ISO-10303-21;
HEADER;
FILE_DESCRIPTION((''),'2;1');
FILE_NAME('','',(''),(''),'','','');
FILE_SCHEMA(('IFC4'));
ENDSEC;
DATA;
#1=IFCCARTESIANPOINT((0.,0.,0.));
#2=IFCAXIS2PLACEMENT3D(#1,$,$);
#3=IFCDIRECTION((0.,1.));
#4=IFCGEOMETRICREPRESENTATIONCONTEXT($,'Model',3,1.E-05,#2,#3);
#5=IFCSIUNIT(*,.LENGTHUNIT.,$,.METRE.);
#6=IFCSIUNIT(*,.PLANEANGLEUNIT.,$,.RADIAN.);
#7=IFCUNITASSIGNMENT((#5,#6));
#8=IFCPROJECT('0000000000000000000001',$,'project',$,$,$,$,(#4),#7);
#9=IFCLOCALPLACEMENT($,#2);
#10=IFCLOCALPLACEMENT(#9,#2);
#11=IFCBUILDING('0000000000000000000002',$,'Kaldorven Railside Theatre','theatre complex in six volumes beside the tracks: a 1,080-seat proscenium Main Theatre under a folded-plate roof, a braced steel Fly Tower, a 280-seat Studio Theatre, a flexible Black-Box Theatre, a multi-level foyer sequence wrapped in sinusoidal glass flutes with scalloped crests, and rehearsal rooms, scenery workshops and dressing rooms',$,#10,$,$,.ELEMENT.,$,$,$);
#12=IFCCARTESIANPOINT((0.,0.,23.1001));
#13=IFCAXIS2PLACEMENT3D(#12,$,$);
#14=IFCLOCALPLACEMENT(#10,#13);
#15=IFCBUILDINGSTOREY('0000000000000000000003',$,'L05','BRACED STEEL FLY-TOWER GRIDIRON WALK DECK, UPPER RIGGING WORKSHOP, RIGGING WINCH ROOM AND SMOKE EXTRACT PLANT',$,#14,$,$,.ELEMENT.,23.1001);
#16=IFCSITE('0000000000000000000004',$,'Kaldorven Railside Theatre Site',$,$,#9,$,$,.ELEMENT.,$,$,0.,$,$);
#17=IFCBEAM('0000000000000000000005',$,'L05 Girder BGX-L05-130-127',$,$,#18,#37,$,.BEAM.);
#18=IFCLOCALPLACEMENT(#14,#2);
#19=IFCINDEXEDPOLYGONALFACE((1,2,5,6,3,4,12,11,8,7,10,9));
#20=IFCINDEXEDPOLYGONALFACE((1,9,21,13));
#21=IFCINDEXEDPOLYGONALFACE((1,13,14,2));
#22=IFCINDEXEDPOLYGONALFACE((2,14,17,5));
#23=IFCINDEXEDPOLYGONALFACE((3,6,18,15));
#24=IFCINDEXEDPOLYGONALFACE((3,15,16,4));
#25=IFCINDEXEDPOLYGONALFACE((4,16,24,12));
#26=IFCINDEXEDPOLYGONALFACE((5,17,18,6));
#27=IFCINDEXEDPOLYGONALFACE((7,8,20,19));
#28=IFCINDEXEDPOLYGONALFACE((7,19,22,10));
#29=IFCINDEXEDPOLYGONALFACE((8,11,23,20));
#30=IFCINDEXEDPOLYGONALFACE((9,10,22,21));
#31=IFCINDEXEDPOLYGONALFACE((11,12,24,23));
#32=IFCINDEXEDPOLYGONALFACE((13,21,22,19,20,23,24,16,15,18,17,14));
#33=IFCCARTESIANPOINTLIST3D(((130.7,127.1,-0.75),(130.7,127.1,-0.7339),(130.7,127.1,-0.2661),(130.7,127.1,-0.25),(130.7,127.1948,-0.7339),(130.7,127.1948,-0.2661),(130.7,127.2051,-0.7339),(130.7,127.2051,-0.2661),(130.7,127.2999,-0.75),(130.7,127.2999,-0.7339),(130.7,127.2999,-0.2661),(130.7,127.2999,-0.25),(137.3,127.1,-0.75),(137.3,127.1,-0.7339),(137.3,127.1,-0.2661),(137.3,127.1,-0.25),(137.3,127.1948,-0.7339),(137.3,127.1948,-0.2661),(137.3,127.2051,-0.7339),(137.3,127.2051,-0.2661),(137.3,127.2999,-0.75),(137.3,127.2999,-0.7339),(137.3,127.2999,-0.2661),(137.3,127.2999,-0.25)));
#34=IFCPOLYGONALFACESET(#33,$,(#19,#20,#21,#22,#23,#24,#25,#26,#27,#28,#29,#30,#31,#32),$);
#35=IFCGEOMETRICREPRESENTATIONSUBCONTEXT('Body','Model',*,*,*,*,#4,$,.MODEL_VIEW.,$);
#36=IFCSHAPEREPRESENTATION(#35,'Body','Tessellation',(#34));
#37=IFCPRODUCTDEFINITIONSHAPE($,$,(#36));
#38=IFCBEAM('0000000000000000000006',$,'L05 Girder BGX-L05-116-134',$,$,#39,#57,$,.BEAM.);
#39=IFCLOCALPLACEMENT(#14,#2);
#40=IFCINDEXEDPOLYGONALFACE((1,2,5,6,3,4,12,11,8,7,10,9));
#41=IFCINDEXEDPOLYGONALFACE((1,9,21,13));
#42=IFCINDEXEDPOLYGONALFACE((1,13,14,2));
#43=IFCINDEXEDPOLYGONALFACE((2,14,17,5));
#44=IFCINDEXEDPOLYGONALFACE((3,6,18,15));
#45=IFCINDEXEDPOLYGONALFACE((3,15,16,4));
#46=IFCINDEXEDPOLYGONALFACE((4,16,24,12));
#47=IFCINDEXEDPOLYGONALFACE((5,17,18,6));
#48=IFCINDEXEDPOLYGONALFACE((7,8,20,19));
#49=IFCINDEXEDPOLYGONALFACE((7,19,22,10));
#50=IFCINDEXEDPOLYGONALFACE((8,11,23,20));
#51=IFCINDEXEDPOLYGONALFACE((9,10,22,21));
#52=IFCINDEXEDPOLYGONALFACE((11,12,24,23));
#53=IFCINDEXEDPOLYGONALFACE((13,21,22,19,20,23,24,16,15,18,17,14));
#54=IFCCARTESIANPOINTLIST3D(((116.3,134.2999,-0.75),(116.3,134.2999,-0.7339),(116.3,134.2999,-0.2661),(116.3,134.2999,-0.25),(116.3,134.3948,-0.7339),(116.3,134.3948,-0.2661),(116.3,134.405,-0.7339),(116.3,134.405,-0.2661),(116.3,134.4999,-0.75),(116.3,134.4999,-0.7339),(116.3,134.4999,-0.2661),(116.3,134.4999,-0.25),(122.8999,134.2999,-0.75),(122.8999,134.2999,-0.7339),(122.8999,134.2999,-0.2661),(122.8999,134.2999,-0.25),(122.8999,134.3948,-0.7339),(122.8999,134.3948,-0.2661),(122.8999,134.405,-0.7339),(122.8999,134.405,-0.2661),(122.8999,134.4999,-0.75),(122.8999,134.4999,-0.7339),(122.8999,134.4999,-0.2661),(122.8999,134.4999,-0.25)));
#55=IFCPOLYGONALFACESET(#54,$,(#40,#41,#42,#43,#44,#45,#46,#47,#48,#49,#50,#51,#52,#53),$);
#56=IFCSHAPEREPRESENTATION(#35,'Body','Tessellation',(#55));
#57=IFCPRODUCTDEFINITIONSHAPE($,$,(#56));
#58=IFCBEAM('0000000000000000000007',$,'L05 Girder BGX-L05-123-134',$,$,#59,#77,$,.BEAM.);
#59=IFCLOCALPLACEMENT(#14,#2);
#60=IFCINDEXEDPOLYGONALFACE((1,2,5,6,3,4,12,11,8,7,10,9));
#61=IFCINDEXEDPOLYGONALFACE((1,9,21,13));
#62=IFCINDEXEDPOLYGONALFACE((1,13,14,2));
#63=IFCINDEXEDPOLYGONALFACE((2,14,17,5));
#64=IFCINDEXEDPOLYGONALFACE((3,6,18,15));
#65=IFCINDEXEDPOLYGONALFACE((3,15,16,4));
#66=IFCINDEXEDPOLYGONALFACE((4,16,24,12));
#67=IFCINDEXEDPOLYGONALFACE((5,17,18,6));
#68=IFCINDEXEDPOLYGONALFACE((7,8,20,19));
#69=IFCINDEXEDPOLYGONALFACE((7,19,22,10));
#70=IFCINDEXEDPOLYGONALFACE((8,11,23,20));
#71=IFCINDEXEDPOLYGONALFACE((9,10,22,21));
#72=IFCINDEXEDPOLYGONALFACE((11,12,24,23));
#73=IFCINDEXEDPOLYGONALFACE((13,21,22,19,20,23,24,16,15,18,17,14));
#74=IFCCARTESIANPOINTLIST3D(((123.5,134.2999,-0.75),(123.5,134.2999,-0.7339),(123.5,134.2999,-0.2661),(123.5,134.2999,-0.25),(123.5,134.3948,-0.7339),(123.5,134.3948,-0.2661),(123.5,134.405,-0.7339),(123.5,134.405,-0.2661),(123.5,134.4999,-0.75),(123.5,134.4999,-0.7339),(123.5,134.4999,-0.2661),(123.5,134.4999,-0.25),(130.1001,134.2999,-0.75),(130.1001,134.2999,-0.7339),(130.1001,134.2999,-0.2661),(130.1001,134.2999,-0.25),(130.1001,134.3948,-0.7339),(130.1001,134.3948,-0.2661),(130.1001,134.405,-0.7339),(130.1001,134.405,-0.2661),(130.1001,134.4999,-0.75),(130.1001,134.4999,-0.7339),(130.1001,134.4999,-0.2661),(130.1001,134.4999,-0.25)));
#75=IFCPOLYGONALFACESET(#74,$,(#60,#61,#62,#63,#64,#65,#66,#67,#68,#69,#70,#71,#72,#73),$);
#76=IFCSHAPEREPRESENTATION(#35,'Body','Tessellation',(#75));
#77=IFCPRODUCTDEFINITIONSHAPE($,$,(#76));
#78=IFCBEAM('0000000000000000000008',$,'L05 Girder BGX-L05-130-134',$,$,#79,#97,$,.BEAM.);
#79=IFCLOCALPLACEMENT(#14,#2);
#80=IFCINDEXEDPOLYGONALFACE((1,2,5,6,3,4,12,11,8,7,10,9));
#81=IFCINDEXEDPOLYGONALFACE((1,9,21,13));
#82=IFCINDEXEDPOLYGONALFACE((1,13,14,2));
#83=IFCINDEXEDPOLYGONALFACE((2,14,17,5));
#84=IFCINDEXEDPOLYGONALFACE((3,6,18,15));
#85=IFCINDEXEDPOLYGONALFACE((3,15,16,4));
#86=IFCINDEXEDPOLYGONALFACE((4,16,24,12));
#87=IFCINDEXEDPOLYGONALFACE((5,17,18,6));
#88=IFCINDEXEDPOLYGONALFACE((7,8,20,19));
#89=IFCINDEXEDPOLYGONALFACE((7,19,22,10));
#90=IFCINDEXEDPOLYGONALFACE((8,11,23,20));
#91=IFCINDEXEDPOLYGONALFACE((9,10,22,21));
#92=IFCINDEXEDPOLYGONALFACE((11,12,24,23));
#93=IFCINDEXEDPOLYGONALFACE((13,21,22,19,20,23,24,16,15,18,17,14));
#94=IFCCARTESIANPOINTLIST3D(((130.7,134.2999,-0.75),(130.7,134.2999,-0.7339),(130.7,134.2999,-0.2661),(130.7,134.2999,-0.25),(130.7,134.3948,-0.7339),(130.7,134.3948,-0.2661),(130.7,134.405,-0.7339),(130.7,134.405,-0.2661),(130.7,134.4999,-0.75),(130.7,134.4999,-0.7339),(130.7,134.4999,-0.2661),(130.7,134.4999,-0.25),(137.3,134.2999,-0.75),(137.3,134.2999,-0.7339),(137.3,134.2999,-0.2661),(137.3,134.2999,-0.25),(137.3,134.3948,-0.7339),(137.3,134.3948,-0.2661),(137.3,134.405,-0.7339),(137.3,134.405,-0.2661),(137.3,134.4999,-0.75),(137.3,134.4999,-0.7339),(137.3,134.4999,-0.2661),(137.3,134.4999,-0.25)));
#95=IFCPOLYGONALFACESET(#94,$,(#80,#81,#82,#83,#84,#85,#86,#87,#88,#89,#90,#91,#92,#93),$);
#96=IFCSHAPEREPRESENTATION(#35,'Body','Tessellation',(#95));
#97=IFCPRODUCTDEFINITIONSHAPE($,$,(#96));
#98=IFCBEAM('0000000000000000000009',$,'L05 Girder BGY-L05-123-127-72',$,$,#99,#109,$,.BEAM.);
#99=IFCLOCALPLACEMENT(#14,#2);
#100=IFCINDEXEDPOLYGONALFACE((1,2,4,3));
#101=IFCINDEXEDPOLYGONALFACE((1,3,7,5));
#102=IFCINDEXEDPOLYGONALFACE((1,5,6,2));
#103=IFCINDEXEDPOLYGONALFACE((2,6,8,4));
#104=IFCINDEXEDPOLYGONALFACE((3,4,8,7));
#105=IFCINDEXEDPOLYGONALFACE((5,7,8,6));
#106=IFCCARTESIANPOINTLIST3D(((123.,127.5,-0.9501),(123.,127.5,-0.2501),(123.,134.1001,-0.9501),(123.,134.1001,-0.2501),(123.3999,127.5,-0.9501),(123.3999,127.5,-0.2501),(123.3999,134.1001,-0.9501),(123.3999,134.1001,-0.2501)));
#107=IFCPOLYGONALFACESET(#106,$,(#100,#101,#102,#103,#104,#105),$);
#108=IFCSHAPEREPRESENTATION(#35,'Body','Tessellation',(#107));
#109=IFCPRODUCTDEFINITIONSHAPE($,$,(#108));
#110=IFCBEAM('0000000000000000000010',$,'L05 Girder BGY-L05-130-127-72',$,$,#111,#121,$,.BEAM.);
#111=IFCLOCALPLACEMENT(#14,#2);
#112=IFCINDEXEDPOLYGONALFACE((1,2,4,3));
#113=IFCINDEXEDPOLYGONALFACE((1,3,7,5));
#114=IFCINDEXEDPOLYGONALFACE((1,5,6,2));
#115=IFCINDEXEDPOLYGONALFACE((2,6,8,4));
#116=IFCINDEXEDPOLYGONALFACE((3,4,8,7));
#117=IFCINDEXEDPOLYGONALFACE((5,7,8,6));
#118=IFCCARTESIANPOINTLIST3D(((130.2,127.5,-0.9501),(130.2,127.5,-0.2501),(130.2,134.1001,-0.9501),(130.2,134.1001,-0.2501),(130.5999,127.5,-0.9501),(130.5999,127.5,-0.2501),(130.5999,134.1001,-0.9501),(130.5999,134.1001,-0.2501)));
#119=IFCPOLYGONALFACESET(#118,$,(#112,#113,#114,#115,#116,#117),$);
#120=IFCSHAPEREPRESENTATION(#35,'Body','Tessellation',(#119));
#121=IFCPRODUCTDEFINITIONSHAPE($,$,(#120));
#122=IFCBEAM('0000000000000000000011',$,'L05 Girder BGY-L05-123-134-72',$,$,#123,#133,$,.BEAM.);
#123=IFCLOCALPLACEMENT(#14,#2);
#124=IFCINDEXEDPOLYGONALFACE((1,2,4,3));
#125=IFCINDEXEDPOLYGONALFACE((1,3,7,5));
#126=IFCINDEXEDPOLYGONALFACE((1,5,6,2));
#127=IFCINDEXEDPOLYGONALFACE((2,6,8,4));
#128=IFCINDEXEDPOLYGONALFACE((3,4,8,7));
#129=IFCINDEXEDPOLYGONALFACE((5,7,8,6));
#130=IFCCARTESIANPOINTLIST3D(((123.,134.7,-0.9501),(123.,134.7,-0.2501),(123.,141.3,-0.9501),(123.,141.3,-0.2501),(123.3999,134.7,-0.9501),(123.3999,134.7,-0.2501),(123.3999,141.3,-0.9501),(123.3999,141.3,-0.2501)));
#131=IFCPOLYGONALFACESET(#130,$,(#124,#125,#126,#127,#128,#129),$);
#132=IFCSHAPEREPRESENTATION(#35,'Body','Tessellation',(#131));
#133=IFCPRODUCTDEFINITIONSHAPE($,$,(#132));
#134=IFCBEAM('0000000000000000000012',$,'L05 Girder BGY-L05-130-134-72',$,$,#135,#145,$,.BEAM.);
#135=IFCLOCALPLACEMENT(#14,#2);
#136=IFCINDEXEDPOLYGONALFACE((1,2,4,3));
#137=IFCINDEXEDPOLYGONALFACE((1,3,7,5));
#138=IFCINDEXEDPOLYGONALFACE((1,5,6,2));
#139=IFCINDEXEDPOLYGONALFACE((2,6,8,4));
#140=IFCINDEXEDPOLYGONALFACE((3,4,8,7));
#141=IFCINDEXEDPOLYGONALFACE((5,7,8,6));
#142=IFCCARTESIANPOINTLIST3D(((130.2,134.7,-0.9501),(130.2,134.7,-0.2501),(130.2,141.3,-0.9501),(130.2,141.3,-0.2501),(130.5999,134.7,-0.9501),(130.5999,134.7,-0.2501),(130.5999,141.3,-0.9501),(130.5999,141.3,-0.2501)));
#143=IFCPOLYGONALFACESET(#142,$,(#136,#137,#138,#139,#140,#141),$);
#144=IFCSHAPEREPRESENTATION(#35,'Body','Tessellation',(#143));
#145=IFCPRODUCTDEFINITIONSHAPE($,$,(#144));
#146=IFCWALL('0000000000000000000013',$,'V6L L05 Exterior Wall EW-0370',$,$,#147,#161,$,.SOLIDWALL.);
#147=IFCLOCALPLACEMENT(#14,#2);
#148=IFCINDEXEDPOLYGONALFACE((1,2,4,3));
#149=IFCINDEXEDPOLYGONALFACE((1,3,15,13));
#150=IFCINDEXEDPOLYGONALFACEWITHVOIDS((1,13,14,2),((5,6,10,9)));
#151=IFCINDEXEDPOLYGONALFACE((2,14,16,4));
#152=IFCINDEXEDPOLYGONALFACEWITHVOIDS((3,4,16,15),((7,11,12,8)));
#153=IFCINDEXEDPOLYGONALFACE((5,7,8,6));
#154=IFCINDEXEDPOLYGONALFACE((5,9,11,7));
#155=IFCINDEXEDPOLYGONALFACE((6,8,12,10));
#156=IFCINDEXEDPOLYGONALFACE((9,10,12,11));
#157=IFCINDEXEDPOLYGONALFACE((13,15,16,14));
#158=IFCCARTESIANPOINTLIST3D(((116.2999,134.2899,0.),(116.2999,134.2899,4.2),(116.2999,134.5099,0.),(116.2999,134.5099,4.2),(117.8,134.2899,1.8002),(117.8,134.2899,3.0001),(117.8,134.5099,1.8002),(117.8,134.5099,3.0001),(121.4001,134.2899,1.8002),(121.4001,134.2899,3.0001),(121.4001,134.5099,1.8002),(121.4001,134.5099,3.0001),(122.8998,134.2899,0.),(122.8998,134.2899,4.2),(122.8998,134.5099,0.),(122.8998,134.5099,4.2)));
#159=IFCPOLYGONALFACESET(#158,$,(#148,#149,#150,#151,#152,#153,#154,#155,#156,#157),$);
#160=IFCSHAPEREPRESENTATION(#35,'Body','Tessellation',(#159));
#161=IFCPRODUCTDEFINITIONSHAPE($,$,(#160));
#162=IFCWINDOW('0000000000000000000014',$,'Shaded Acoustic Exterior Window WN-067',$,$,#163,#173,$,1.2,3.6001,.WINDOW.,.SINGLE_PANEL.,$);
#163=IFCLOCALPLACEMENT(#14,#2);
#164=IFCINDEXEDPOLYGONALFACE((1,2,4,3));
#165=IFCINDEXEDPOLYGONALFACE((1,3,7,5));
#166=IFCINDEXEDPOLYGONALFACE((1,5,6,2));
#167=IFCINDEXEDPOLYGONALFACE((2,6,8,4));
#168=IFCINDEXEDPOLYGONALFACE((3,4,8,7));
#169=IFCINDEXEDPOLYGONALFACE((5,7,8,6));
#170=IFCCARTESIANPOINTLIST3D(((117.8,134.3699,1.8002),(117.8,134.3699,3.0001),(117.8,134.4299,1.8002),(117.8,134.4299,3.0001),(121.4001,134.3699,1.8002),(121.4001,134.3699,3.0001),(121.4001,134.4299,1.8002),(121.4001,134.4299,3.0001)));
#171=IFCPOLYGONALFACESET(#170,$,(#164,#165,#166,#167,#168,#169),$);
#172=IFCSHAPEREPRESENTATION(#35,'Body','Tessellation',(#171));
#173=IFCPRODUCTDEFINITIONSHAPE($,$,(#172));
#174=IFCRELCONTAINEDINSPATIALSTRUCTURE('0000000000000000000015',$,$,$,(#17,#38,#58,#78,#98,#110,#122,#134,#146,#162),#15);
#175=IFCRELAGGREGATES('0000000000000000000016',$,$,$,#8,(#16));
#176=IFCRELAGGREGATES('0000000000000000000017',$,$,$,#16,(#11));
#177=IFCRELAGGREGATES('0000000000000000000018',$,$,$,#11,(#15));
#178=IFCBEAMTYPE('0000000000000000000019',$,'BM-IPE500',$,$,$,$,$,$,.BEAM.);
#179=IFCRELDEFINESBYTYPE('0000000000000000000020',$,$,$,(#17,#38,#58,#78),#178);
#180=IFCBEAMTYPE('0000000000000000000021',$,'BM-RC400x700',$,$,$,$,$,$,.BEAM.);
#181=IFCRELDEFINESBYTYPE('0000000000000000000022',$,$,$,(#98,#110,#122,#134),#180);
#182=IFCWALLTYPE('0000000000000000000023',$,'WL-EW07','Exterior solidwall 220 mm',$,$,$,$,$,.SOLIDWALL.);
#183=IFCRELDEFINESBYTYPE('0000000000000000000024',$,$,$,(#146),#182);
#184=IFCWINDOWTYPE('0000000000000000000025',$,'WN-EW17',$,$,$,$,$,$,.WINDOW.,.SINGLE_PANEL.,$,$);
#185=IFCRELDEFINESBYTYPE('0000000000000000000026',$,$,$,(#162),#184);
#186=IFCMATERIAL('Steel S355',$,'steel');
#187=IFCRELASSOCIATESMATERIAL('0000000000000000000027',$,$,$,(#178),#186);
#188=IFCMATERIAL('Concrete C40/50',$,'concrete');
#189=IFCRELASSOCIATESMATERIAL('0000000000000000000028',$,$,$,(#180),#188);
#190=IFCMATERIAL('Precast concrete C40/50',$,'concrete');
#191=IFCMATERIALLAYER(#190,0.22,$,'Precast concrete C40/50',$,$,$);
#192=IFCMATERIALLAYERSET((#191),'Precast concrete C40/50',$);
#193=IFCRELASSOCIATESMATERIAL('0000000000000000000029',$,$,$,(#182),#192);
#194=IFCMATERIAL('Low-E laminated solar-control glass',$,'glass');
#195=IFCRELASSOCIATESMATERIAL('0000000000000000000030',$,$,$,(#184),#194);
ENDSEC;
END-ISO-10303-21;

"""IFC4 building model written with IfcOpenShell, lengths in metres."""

from ifc_helpers import new_model, si_unit, direction, frame, frame_2d, origin, origin_2d, place, context, subcontext, project, spatial, rectangle, i_section, extrude, material, layer, layer_set, material_profile, profile_set, type_object, element, fill, save


model = new_model("IFC4")

# Units and contexts
model_context = context("Model", 3, precision=1e-05, world=origin(), true_north=direction((0.0, 1.0)))
body_context = subcontext(model_context, "Body", "Model", "MODEL_VIEW")
ifc_project = project(units=[si_unit("LENGTHUNIT", "METRE"), si_unit("PLANEANGLEUNIT", "RADIAN")], contexts=[model_context])

# Site, building, storey
site_placement = place(None, origin())
site = spatial("IfcSite", under=ifc_project, at=site_placement, Name="Kaldorven Railside Theatre Site", CompositionType="ELEMENT", RefElevation=0.0)
building_placement = place(site_placement, origin())
building = spatial("IfcBuilding", under=site, at=building_placement, Name="Kaldorven Railside Theatre", Description="theatre complex in six volumes beside the tracks: a 1,080-seat proscenium Main Theatre under a folded-plate roof, a braced steel Fly Tower, a 280-seat Studio Theatre, a flexible Black-Box Theatre, a multi-level foyer sequence wrapped in sinusoidal glass flutes with scalloped crests, and rehearsal rooms, scenery workshops and dressing rooms", CompositionType="ELEMENT")
storey_placement = place(building_placement, frame((0.0, 0.0, 23.1001)))
storey = spatial("IfcBuildingStorey", under=building, at=storey_placement, Name="L05", Description="BRACED STEEL FLY-TOWER GRIDIRON WALK DECK, UPPER RIGGING WORKSHOP, RIGGING WINCH ROOM AND SMOKE EXTRACT PLANT", CompositionType="ELEMENT", Elevation=23.1001)

# Shared definitions
ifc_material_1 = material(Name="Concrete C40/50", Category="concrete")

# Beams
ifc_material_2 = material(Name="Steel S355", Category="steel")
ifc_material_profile_1 = material_profile(ifc_material_2, i_section(OverallWidth=0.2, OverallDepth=0.5, WebThickness=0.0103, FlangeThickness=0.0161, at=origin_2d()), Name="IPE 500")
ifc_profile_set_1 = profile_set([ifc_material_profile_1], Name="Steel S355")
beam_type_1 = type_object("IfcBeamType", Name="BM-IPE500", PredefinedType="BEAM", material=ifc_profile_set_1)
for number, where, z_axis, x_axis, name in (
    (1, (130.7, 127.2, -0.5), (1.0, 0.0, 0.0), (0.0, 1.0, 0.0), "L05 Girder BGX-L05-130-127"),
):
    element("IfcBeam", number, at=place(storey_placement, frame(where, z_axis=z_axis, x_axis=x_axis)), inside=storey, type_object=beam_type_1, Name=name, PredefinedType="BEAM", context=body_context, shape_type="SweptSolid", body=[
        extrude(i_section(OverallWidth=0.2, OverallDepth=0.5, WebThickness=0.0103, FlangeThickness=0.0161, at=origin_2d()), origin(), (0.0, 0.0, 1.0), 6.6001),
    ])
beam_1_placement = place(storey_placement, frame((116.3, 134.3999, -0.5), z_axis=(1.0, 0.0, 0.0), x_axis=(0.0, 1.0, 0.0)))
element("IfcBeam", 2, at=beam_1_placement, inside=storey, type_object=beam_type_1, Name="L05 Girder BGX-L05-116-134", PredefinedType="BEAM", context=body_context, shape_type="SweptSolid", body=[
    extrude(i_section(OverallWidth=0.2, OverallDepth=0.5, WebThickness=0.0103, FlangeThickness=0.0161, at=origin_2d()), origin(), (0.0, 0.0, 1.0), 6.5999),
])
for number, where, z_axis, x_axis, name in (
    (3, (123.5, 134.3999, -0.5), (1.0, 0.0, 0.0), (0.0, 1.0, 0.0), "L05 Girder BGX-L05-123-134"),
    (4, (130.7, 134.3999, -0.5), (1.0, 0.0, 0.0), (0.0, 1.0, 0.0), "L05 Girder BGX-L05-130-134"),
):
    element("IfcBeam", number, at=place(storey_placement, frame(where, z_axis=z_axis, x_axis=x_axis)), inside=storey, type_object=beam_type_1, Name=name, PredefinedType="BEAM", context=body_context, shape_type="SweptSolid", body=[
        extrude(i_section(OverallWidth=0.2, OverallDepth=0.5, WebThickness=0.0103, FlangeThickness=0.0161, at=origin_2d()), origin(), (0.0, 0.0, 1.0), 6.6001),
    ])
ifc_material_profile_2 = material_profile(ifc_material_1, rectangle(XDim=0.3999, YDim=0.7, at=origin_2d()), Name="RC 400x700")
ifc_profile_set_2 = profile_set([ifc_material_profile_2], Name="Concrete C40/50")
beam_type_2 = type_object("IfcBeamType", Name="BM-RC400x700", PredefinedType="BEAM", material=ifc_profile_set_2)
for number, where, z_axis, x_axis, name in (
    (5, (123.2, 127.5, -0.6001), (0.0, 1.0, 0.0), (-1.0, 0.0, 0.0), "L05 Girder BGY-L05-123-127-72"),
    (6, (130.3999, 127.5, -0.6001), (0.0, 1.0, 0.0), (-1.0, 0.0, 0.0), "L05 Girder BGY-L05-130-127-72"),
    (7, (123.2, 134.7, -0.6001), (0.0, 1.0, 0.0), (-1.0, 0.0, 0.0), "L05 Girder BGY-L05-123-134-72"),
    (8, (130.3999, 134.7, -0.6001), (0.0, 1.0, 0.0), (-1.0, 0.0, 0.0), "L05 Girder BGY-L05-130-134-72"),
):
    element("IfcBeam", number, at=place(storey_placement, frame(where, z_axis=z_axis, x_axis=x_axis)), inside=storey, type_object=beam_type_2, Name=name, PredefinedType="BEAM", context=body_context, shape_type="SweptSolid", body=[
        extrude(rectangle(XDim=0.3999, YDim=0.7, at=origin_2d()), origin(), (0.0, 0.0, 1.0), 6.6001),
    ])

# Wall, opening, window
ifc_material_3 = material(Name="Precast concrete C40/50", Category="concrete")
ifc_layer_1 = layer(ifc_material_3, 0.22, Name="Precast concrete C40/50")
ifc_layer_set_1 = layer_set([ifc_layer_1], Name="Precast concrete C40/50")
wall_type_1 = type_object("IfcWallType", Name="WL-EW07", Description="Exterior solidwall 220 mm", PredefinedType="SOLIDWALL", material=ifc_layer_set_1)
wall_1_placement = place(storey_placement, frame((116.3, 134.3999, 0.0), z_axis=(0.0, 0.0, 1.0), x_axis=(1.0, 0.0, 0.0)))
wall_1 = element("IfcWall", 9, at=wall_1_placement, inside=storey, type_object=wall_type_1, Name="V6L L05 Exterior Wall EW-0370", PredefinedType="SOLIDWALL", context=body_context, shape_type="SweptSolid", body=[
    extrude(rectangle(XDim=6.5999, YDim=0.22, at=frame_2d((3.2998, 0.0))), origin(), (0.0, 0.0, 1.0), 4.2),
])
opening_1_placement = place(wall_1_placement, frame((1.5, 0.0, 1.8)))
opening_1 = element("IfcOpeningElement", 10, at=opening_1_placement, cuts=wall_1, PredefinedType="OPENING", context=body_context, shape_type="SweptSolid", body=[
    extrude(rectangle(XDim=3.6001, YDim=1.2, at=frame_2d((1.8, 0.6001))), frame((0.0, 0.1201, 0.0), z_axis=(0.0, -1.0, 0.0), x_axis=(1.0, 0.0, 0.0)), (0.0, 0.0, 1.0), 0.24),
])
ifc_material_4 = material(Name="Low-E laminated solar-control glass", Category="glass")
window_type_1 = type_object("IfcWindowType", Name="WN-EW17", PartitioningType="SINGLE_PANEL", PredefinedType="WINDOW", material=ifc_material_4)
window_1_placement = place(opening_1_placement, origin())
window_1 = element("IfcWindow", 11, at=window_1_placement, inside=storey, type_object=window_type_1, Name="Shaded Acoustic Exterior Window WN-067", OverallHeight=1.2, OverallWidth=3.6001, PartitioningType="SINGLE_PANEL", PredefinedType="WINDOW", context=body_context, shape_type="SweptSolid", body=[
    extrude(rectangle(XDim=3.6001, YDim=1.2, at=frame_2d((1.8, 0.6001))), frame((0.0, 0.03, 0.0), z_axis=(0.0, -1.0, 0.0), x_axis=(1.0, 0.0, 0.0)), (0.0, 0.0, 1.0), 0.0601),
])
fill(opening_1, window_1)

save(model, "model.ifc")
